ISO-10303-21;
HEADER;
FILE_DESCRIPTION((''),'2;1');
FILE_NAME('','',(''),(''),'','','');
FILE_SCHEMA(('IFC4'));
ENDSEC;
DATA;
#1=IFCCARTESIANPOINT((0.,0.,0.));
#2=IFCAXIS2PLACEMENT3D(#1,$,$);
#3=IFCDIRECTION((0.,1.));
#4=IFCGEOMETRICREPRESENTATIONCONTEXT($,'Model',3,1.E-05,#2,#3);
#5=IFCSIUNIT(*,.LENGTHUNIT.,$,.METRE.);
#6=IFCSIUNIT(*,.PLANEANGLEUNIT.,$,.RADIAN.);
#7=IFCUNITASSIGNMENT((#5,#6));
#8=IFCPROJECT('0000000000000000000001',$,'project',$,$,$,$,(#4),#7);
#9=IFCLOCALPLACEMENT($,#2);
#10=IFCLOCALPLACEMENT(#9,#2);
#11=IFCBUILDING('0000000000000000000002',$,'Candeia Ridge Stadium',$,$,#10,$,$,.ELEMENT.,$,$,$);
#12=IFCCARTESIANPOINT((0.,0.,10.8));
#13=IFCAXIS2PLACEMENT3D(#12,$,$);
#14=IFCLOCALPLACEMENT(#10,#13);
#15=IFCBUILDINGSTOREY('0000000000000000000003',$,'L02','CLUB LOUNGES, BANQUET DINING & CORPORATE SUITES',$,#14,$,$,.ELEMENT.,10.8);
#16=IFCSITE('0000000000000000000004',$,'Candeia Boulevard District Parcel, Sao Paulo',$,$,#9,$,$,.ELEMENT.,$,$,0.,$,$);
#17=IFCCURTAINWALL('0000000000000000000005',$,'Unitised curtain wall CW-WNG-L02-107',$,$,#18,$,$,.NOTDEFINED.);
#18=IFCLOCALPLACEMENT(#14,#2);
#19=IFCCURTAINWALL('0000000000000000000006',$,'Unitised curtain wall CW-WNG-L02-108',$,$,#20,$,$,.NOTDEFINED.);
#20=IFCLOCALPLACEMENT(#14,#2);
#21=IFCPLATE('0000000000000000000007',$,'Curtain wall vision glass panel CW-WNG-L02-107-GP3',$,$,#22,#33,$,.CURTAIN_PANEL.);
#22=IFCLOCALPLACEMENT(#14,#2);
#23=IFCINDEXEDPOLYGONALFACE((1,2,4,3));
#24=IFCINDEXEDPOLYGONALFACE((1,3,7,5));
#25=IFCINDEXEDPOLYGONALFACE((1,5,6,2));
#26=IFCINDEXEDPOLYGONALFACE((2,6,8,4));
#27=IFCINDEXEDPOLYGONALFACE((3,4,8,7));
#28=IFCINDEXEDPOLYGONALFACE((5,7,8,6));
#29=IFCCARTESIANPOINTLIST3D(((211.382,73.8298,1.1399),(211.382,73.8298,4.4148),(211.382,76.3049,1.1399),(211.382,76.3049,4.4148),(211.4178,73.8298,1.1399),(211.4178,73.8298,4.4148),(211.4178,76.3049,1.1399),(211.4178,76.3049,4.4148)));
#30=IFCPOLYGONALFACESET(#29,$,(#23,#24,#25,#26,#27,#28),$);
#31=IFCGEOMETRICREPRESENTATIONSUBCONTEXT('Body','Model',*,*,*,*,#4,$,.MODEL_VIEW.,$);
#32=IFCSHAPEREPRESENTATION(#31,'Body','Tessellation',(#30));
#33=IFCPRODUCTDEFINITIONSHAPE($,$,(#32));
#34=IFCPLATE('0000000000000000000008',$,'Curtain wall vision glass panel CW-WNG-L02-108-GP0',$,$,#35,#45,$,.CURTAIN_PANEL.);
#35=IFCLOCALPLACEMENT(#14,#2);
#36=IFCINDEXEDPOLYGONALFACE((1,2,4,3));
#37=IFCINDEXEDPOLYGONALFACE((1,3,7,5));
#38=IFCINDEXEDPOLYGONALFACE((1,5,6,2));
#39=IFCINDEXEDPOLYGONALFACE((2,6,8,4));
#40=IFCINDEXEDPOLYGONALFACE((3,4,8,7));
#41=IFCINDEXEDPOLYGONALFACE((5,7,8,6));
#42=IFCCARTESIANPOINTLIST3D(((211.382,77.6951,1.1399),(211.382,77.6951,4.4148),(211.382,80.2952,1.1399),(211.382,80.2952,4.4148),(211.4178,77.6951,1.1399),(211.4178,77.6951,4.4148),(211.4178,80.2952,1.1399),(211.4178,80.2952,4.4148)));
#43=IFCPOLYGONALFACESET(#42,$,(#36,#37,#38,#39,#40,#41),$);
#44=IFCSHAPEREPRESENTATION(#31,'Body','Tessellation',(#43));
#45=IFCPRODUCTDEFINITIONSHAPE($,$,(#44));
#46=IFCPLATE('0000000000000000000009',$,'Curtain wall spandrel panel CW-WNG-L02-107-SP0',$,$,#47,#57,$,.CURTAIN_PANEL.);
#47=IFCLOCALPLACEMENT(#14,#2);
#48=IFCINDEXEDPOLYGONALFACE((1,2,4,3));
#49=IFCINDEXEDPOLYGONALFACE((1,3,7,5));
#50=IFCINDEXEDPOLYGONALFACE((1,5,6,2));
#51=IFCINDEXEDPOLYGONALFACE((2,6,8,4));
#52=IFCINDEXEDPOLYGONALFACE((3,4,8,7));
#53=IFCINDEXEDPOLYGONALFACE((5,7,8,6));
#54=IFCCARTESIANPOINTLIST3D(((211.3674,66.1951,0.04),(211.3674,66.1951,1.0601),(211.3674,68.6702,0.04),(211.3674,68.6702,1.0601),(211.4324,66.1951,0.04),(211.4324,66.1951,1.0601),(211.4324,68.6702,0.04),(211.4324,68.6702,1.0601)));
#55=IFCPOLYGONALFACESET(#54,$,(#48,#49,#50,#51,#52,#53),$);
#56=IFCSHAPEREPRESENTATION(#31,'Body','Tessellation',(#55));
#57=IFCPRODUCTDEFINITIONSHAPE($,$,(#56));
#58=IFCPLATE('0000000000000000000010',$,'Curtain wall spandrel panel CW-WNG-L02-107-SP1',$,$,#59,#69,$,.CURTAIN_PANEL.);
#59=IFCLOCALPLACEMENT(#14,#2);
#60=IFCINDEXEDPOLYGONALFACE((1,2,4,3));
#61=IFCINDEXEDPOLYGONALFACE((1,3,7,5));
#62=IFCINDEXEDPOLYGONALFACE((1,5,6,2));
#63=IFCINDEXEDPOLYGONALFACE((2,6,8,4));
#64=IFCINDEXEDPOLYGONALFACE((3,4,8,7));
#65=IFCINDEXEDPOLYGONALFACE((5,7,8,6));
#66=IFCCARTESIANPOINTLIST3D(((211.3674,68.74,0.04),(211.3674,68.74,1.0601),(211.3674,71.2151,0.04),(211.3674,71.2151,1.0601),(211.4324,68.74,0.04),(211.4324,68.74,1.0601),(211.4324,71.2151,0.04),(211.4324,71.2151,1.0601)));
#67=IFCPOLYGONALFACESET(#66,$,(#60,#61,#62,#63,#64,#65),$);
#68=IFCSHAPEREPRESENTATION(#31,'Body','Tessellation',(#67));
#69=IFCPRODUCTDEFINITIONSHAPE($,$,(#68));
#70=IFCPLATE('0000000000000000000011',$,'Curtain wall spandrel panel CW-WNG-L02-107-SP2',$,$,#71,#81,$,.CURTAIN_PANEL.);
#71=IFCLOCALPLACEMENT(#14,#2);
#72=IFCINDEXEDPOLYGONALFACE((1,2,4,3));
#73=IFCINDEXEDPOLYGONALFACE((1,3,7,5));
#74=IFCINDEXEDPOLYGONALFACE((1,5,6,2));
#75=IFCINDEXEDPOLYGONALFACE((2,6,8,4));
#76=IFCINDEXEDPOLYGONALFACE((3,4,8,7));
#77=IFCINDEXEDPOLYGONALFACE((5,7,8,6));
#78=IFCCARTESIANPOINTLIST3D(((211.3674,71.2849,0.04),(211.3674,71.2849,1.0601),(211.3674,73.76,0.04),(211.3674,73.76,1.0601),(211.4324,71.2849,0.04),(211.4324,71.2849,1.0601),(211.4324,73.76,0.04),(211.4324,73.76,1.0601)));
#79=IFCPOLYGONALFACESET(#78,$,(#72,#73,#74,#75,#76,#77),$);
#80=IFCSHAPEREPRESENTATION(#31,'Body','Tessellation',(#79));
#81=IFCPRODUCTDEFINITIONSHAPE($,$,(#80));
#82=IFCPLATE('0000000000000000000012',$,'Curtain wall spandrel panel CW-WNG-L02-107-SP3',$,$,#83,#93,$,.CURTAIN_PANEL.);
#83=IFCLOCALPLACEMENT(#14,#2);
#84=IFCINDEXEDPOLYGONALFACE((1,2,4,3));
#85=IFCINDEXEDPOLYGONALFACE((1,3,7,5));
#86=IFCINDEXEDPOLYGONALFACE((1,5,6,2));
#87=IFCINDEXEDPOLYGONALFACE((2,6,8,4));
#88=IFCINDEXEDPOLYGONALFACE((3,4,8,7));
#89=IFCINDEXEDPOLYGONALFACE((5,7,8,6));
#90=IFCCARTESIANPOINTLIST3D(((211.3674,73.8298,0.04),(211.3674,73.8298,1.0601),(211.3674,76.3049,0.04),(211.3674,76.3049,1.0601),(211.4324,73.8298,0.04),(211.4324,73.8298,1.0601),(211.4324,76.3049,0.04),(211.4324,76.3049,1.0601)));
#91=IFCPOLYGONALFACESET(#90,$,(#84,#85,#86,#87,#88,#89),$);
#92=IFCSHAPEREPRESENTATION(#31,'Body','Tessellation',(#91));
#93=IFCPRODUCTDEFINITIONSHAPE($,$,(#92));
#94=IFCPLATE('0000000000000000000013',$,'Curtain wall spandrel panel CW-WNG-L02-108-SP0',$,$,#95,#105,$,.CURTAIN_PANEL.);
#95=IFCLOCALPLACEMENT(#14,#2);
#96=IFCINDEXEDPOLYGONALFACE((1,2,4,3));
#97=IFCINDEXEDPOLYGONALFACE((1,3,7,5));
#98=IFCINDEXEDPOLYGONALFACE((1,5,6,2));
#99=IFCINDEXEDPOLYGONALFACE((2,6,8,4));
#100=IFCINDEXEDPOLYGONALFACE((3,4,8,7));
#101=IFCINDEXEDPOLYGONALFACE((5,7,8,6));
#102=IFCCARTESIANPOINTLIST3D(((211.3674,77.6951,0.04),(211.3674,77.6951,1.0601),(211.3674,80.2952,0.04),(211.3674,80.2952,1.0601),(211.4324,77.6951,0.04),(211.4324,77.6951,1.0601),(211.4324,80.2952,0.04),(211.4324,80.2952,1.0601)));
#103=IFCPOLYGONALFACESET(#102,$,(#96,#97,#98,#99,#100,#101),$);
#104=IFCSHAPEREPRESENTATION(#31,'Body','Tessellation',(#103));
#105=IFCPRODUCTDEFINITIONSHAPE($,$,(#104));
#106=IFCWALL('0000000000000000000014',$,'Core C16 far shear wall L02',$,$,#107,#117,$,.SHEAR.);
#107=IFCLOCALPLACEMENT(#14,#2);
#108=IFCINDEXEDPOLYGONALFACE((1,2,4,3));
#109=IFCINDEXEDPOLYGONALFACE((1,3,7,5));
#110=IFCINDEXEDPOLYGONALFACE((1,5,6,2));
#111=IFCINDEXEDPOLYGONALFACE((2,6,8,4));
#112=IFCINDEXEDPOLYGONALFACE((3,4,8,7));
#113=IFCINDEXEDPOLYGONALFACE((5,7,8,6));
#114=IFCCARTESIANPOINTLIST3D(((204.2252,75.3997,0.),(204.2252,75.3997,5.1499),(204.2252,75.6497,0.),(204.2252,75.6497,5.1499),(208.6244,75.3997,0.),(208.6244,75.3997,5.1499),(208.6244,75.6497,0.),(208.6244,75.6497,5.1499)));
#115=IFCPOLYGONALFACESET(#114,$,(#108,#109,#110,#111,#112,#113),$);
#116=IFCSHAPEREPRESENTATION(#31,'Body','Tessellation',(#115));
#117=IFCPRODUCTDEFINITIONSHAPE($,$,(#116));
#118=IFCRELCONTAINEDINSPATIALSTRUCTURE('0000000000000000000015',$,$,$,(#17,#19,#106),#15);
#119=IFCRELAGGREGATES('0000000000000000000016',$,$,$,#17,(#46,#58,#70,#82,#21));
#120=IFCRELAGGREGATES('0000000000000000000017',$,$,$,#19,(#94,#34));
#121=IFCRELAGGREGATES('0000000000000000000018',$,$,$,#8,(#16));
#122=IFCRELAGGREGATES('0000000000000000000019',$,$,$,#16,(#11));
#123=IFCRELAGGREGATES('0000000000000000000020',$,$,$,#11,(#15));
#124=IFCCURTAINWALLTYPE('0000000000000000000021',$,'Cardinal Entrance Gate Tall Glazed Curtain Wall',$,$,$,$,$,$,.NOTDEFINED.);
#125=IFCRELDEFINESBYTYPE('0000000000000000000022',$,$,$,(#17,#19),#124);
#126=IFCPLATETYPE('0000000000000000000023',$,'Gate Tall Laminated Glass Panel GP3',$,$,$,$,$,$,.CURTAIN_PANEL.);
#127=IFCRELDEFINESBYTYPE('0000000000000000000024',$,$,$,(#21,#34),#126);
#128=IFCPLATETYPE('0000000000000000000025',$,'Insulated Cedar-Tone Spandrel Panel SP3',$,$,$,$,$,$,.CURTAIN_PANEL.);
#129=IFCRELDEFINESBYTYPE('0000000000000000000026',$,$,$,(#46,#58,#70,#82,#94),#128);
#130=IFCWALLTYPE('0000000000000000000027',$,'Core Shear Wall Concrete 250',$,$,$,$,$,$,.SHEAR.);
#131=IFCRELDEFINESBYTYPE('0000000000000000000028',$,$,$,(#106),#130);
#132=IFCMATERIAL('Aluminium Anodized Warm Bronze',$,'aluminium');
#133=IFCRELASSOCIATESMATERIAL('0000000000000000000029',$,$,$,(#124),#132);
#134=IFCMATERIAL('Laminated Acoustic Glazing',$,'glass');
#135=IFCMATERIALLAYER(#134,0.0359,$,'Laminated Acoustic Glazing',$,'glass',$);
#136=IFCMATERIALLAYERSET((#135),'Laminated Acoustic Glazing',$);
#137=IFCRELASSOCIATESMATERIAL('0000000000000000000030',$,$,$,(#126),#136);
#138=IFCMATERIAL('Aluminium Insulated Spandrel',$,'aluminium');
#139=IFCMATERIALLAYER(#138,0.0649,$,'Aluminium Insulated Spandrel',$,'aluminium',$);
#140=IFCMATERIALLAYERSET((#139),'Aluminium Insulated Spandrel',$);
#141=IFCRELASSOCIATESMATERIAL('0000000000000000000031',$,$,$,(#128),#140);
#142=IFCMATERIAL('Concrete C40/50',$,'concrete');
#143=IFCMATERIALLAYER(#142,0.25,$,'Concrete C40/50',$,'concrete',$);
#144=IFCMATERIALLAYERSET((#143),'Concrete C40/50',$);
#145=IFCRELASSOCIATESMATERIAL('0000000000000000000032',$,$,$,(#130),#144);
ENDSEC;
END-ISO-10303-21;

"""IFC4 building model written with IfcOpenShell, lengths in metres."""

from ifc_helpers import new_model, si_unit, direction, frame, frame_2d, origin, origin_2d, place, context, subcontext, project, spatial, rectangle, extrude, material, layer, layer_set, type_object, element, aggregate, save


model = new_model("IFC4")

# Units and contexts
model_context = context("Model", 3, precision=1e-05, world=origin(), true_north=direction((0.0, 1.0)))
body_context = subcontext(model_context, "Body", "Model", "MODEL_VIEW")
ifc_project = project(units=[si_unit("LENGTHUNIT", "METRE"), si_unit("PLANEANGLEUNIT", "RADIAN")], contexts=[model_context])

# Site, building, storey
site_placement = place(None, origin())
site = spatial("IfcSite", under=ifc_project, at=site_placement, Name="Candeia Boulevard District Parcel, Sao Paulo", CompositionType="ELEMENT", RefElevation=0.0)
building_placement = place(site_placement, origin())
building = spatial("IfcBuilding", under=site, at=building_placement, Name="Candeia Ridge Stadium", CompositionType="ELEMENT")
storey_placement = place(building_placement, frame((0.0, 0.0, 10.8)))
storey = spatial("IfcBuildingStorey", under=building, at=storey_placement, Name="L02", Description="CLUB LOUNGES, BANQUET DINING & CORPORATE SUITES", CompositionType="ELEMENT", Elevation=10.8)

# Shared definitions
ifc_material_1 = material(Name="Concrete C40/50", Category="concrete")

# Curtain walls
ifc_material_2 = material(Name="Aluminium Anodized Warm Bronze", Category="aluminium")
curtain_wall_type = type_object("IfcCurtainWallType", Name="Cardinal Entrance Gate Tall Glazed Curtain Wall", PredefinedType="NOTDEFINED", material=ifc_material_2)
curtain_wall_1_placement = place(storey_placement, origin())
curtain_wall_1 = element("IfcCurtainWall", 1, at=curtain_wall_1_placement, inside=storey, type_object=curtain_wall_type, Name="Unitised curtain wall CW-WNG-L02-107", PredefinedType="NOTDEFINED")
curtain_wall_2_placement = place(storey_placement, origin())
curtain_wall_2 = element("IfcCurtainWall", 2, at=curtain_wall_2_placement, inside=storey, type_object=curtain_wall_type, Name="Unitised curtain wall CW-WNG-L02-108", PredefinedType="NOTDEFINED")

# Plates
ifc_material_3 = material(Name="Laminated Acoustic Glazing", Category="glass")
ifc_layer_1 = layer(ifc_material_3, 0.0359, Name="Laminated Acoustic Glazing", Category="glass")
ifc_layer_set_1 = layer_set([ifc_layer_1], Name="Laminated Acoustic Glazing")
plate_type_1 = type_object("IfcPlateType", Name="Gate Tall Laminated Glass Panel GP3", PredefinedType="CURTAIN_PANEL", material=ifc_layer_set_1)
plate_1_placement = place(storey_placement, frame((211.3999, 75.0674, 1.1399), z_axis=(0.0, 0.0, 1.0), x_axis=(0.0, 1.0, 0.0)))
plate_1 = element("IfcPlate", 3, at=plate_1_placement, type_object=plate_type_1, Name="Curtain wall vision glass panel CW-WNG-L02-107-GP3", PredefinedType="CURTAIN_PANEL", context=body_context, shape_type="SweptSolid", body=[
    extrude(rectangle(XDim=2.4751, YDim=0.0359, at=origin_2d()), origin(), (0.0, 0.0, 1.0), 3.2749),
])
plate_2_placement = place(storey_placement, frame((211.3999, 78.9951, 1.1399), z_axis=(0.0, 0.0, 1.0), x_axis=(0.0, 1.0, 0.0)))
plate_2 = element("IfcPlate", 4, at=plate_2_placement, type_object=plate_type_1, Name="Curtain wall vision glass panel CW-WNG-L02-108-GP0", PredefinedType="CURTAIN_PANEL", context=body_context, shape_type="SweptSolid", body=[
    extrude(rectangle(XDim=2.6001, YDim=0.0359, at=origin_2d()), origin(), (0.0, 0.0, 1.0), 3.2749),
])
ifc_material_4 = material(Name="Aluminium Insulated Spandrel", Category="aluminium")
ifc_layer_2 = layer(ifc_material_4, 0.0649, Name="Aluminium Insulated Spandrel", Category="aluminium")
ifc_layer_set_2 = layer_set([ifc_layer_2], Name="Aluminium Insulated Spandrel")
plate_type_2 = type_object("IfcPlateType", Name="Insulated Cedar-Tone Spandrel Panel SP3", PredefinedType="CURTAIN_PANEL", material=ifc_layer_set_2)
plate_3_placement = place(storey_placement, frame((211.3999, 67.4326, 0.04), z_axis=(0.0, 0.0, 1.0), x_axis=(0.0, 1.0, 0.0)))
plate_3 = element("IfcPlate", 5, at=plate_3_placement, type_object=plate_type_2, Name="Curtain wall spandrel panel CW-WNG-L02-107-SP0", PredefinedType="CURTAIN_PANEL", context=body_context, shape_type="SweptSolid", body=[
    extrude(rectangle(XDim=2.4751, YDim=0.0649, at=origin_2d()), origin(), (0.0, 0.0, 1.0), 1.02),
])
plate_4_placement = place(storey_placement, frame((211.3999, 69.9775, 0.04), z_axis=(0.0, 0.0, 1.0), x_axis=(0.0, 1.0, 0.0)))
plate_4 = element("IfcPlate", 6, at=plate_4_placement, type_object=plate_type_2, Name="Curtain wall spandrel panel CW-WNG-L02-107-SP1", PredefinedType="CURTAIN_PANEL", context=body_context, shape_type="SweptSolid", body=[
    extrude(rectangle(XDim=2.4751, YDim=0.0649, at=origin_2d()), origin(), (0.0, 0.0, 1.0), 1.02),
])
plate_5_placement = place(storey_placement, frame((211.3999, 72.5225, 0.04), z_axis=(0.0, 0.0, 1.0), x_axis=(0.0, 1.0, 0.0)))
plate_5 = element("IfcPlate", 7, at=plate_5_placement, type_object=plate_type_2, Name="Curtain wall spandrel panel CW-WNG-L02-107-SP2", PredefinedType="CURTAIN_PANEL", context=body_context, shape_type="SweptSolid", body=[
    extrude(rectangle(XDim=2.4751, YDim=0.0649, at=origin_2d()), origin(), (0.0, 0.0, 1.0), 1.02),
])
plate_6_placement = place(storey_placement, frame((211.3999, 75.0674, 0.04), z_axis=(0.0, 0.0, 1.0), x_axis=(0.0, 1.0, 0.0)))
plate_6 = element("IfcPlate", 8, at=plate_6_placement, type_object=plate_type_2, Name="Curtain wall spandrel panel CW-WNG-L02-107-SP3", PredefinedType="CURTAIN_PANEL", context=body_context, shape_type="SweptSolid", body=[
    extrude(rectangle(XDim=2.4751, YDim=0.0649, at=origin_2d()), origin(), (0.0, 0.0, 1.0), 1.02),
])
aggregate(curtain_wall_1, [plate_3, plate_4, plate_5, plate_6, plate_1])
plate_7_placement = place(storey_placement, frame((211.3999, 78.9951, 0.04), z_axis=(0.0, 0.0, 1.0), x_axis=(0.0, 1.0, 0.0)))
plate_7 = element("IfcPlate", 9, at=plate_7_placement, type_object=plate_type_2, Name="Curtain wall spandrel panel CW-WNG-L02-108-SP0", PredefinedType="CURTAIN_PANEL", context=body_context, shape_type="SweptSolid", body=[
    extrude(rectangle(XDim=2.6001, YDim=0.0649, at=origin_2d()), origin(), (0.0, 0.0, 1.0), 1.02),
])
aggregate(curtain_wall_2, [plate_7, plate_2])

# Wall
ifc_layer_3 = layer(ifc_material_1, 0.25, Name="Concrete C40/50", Category="concrete")
ifc_layer_set_3 = layer_set([ifc_layer_3], Name="Concrete C40/50")
wall_type = type_object("IfcWallType", Name="Core Shear Wall Concrete 250", PredefinedType="SHEAR", material=ifc_layer_set_3)
wall_placement = place(storey_placement, frame((208.6245, 75.5247, 0.0), z_axis=(0.0, 0.0, 1.0), x_axis=(-1.0, 0.0, 0.0)))
element("IfcWall", 10, at=wall_placement, inside=storey, type_object=wall_type, Name="Core C16 far shear wall L02", PredefinedType="SHEAR", context=body_context, shape_type="SweptSolid", body=[
    extrude(rectangle(XDim=4.3992, YDim=0.25, at=frame_2d((2.1997, 0.0))), origin(), (0.0, 0.0, 1.0), 5.1499),
])

save(model, "model.ifc")
